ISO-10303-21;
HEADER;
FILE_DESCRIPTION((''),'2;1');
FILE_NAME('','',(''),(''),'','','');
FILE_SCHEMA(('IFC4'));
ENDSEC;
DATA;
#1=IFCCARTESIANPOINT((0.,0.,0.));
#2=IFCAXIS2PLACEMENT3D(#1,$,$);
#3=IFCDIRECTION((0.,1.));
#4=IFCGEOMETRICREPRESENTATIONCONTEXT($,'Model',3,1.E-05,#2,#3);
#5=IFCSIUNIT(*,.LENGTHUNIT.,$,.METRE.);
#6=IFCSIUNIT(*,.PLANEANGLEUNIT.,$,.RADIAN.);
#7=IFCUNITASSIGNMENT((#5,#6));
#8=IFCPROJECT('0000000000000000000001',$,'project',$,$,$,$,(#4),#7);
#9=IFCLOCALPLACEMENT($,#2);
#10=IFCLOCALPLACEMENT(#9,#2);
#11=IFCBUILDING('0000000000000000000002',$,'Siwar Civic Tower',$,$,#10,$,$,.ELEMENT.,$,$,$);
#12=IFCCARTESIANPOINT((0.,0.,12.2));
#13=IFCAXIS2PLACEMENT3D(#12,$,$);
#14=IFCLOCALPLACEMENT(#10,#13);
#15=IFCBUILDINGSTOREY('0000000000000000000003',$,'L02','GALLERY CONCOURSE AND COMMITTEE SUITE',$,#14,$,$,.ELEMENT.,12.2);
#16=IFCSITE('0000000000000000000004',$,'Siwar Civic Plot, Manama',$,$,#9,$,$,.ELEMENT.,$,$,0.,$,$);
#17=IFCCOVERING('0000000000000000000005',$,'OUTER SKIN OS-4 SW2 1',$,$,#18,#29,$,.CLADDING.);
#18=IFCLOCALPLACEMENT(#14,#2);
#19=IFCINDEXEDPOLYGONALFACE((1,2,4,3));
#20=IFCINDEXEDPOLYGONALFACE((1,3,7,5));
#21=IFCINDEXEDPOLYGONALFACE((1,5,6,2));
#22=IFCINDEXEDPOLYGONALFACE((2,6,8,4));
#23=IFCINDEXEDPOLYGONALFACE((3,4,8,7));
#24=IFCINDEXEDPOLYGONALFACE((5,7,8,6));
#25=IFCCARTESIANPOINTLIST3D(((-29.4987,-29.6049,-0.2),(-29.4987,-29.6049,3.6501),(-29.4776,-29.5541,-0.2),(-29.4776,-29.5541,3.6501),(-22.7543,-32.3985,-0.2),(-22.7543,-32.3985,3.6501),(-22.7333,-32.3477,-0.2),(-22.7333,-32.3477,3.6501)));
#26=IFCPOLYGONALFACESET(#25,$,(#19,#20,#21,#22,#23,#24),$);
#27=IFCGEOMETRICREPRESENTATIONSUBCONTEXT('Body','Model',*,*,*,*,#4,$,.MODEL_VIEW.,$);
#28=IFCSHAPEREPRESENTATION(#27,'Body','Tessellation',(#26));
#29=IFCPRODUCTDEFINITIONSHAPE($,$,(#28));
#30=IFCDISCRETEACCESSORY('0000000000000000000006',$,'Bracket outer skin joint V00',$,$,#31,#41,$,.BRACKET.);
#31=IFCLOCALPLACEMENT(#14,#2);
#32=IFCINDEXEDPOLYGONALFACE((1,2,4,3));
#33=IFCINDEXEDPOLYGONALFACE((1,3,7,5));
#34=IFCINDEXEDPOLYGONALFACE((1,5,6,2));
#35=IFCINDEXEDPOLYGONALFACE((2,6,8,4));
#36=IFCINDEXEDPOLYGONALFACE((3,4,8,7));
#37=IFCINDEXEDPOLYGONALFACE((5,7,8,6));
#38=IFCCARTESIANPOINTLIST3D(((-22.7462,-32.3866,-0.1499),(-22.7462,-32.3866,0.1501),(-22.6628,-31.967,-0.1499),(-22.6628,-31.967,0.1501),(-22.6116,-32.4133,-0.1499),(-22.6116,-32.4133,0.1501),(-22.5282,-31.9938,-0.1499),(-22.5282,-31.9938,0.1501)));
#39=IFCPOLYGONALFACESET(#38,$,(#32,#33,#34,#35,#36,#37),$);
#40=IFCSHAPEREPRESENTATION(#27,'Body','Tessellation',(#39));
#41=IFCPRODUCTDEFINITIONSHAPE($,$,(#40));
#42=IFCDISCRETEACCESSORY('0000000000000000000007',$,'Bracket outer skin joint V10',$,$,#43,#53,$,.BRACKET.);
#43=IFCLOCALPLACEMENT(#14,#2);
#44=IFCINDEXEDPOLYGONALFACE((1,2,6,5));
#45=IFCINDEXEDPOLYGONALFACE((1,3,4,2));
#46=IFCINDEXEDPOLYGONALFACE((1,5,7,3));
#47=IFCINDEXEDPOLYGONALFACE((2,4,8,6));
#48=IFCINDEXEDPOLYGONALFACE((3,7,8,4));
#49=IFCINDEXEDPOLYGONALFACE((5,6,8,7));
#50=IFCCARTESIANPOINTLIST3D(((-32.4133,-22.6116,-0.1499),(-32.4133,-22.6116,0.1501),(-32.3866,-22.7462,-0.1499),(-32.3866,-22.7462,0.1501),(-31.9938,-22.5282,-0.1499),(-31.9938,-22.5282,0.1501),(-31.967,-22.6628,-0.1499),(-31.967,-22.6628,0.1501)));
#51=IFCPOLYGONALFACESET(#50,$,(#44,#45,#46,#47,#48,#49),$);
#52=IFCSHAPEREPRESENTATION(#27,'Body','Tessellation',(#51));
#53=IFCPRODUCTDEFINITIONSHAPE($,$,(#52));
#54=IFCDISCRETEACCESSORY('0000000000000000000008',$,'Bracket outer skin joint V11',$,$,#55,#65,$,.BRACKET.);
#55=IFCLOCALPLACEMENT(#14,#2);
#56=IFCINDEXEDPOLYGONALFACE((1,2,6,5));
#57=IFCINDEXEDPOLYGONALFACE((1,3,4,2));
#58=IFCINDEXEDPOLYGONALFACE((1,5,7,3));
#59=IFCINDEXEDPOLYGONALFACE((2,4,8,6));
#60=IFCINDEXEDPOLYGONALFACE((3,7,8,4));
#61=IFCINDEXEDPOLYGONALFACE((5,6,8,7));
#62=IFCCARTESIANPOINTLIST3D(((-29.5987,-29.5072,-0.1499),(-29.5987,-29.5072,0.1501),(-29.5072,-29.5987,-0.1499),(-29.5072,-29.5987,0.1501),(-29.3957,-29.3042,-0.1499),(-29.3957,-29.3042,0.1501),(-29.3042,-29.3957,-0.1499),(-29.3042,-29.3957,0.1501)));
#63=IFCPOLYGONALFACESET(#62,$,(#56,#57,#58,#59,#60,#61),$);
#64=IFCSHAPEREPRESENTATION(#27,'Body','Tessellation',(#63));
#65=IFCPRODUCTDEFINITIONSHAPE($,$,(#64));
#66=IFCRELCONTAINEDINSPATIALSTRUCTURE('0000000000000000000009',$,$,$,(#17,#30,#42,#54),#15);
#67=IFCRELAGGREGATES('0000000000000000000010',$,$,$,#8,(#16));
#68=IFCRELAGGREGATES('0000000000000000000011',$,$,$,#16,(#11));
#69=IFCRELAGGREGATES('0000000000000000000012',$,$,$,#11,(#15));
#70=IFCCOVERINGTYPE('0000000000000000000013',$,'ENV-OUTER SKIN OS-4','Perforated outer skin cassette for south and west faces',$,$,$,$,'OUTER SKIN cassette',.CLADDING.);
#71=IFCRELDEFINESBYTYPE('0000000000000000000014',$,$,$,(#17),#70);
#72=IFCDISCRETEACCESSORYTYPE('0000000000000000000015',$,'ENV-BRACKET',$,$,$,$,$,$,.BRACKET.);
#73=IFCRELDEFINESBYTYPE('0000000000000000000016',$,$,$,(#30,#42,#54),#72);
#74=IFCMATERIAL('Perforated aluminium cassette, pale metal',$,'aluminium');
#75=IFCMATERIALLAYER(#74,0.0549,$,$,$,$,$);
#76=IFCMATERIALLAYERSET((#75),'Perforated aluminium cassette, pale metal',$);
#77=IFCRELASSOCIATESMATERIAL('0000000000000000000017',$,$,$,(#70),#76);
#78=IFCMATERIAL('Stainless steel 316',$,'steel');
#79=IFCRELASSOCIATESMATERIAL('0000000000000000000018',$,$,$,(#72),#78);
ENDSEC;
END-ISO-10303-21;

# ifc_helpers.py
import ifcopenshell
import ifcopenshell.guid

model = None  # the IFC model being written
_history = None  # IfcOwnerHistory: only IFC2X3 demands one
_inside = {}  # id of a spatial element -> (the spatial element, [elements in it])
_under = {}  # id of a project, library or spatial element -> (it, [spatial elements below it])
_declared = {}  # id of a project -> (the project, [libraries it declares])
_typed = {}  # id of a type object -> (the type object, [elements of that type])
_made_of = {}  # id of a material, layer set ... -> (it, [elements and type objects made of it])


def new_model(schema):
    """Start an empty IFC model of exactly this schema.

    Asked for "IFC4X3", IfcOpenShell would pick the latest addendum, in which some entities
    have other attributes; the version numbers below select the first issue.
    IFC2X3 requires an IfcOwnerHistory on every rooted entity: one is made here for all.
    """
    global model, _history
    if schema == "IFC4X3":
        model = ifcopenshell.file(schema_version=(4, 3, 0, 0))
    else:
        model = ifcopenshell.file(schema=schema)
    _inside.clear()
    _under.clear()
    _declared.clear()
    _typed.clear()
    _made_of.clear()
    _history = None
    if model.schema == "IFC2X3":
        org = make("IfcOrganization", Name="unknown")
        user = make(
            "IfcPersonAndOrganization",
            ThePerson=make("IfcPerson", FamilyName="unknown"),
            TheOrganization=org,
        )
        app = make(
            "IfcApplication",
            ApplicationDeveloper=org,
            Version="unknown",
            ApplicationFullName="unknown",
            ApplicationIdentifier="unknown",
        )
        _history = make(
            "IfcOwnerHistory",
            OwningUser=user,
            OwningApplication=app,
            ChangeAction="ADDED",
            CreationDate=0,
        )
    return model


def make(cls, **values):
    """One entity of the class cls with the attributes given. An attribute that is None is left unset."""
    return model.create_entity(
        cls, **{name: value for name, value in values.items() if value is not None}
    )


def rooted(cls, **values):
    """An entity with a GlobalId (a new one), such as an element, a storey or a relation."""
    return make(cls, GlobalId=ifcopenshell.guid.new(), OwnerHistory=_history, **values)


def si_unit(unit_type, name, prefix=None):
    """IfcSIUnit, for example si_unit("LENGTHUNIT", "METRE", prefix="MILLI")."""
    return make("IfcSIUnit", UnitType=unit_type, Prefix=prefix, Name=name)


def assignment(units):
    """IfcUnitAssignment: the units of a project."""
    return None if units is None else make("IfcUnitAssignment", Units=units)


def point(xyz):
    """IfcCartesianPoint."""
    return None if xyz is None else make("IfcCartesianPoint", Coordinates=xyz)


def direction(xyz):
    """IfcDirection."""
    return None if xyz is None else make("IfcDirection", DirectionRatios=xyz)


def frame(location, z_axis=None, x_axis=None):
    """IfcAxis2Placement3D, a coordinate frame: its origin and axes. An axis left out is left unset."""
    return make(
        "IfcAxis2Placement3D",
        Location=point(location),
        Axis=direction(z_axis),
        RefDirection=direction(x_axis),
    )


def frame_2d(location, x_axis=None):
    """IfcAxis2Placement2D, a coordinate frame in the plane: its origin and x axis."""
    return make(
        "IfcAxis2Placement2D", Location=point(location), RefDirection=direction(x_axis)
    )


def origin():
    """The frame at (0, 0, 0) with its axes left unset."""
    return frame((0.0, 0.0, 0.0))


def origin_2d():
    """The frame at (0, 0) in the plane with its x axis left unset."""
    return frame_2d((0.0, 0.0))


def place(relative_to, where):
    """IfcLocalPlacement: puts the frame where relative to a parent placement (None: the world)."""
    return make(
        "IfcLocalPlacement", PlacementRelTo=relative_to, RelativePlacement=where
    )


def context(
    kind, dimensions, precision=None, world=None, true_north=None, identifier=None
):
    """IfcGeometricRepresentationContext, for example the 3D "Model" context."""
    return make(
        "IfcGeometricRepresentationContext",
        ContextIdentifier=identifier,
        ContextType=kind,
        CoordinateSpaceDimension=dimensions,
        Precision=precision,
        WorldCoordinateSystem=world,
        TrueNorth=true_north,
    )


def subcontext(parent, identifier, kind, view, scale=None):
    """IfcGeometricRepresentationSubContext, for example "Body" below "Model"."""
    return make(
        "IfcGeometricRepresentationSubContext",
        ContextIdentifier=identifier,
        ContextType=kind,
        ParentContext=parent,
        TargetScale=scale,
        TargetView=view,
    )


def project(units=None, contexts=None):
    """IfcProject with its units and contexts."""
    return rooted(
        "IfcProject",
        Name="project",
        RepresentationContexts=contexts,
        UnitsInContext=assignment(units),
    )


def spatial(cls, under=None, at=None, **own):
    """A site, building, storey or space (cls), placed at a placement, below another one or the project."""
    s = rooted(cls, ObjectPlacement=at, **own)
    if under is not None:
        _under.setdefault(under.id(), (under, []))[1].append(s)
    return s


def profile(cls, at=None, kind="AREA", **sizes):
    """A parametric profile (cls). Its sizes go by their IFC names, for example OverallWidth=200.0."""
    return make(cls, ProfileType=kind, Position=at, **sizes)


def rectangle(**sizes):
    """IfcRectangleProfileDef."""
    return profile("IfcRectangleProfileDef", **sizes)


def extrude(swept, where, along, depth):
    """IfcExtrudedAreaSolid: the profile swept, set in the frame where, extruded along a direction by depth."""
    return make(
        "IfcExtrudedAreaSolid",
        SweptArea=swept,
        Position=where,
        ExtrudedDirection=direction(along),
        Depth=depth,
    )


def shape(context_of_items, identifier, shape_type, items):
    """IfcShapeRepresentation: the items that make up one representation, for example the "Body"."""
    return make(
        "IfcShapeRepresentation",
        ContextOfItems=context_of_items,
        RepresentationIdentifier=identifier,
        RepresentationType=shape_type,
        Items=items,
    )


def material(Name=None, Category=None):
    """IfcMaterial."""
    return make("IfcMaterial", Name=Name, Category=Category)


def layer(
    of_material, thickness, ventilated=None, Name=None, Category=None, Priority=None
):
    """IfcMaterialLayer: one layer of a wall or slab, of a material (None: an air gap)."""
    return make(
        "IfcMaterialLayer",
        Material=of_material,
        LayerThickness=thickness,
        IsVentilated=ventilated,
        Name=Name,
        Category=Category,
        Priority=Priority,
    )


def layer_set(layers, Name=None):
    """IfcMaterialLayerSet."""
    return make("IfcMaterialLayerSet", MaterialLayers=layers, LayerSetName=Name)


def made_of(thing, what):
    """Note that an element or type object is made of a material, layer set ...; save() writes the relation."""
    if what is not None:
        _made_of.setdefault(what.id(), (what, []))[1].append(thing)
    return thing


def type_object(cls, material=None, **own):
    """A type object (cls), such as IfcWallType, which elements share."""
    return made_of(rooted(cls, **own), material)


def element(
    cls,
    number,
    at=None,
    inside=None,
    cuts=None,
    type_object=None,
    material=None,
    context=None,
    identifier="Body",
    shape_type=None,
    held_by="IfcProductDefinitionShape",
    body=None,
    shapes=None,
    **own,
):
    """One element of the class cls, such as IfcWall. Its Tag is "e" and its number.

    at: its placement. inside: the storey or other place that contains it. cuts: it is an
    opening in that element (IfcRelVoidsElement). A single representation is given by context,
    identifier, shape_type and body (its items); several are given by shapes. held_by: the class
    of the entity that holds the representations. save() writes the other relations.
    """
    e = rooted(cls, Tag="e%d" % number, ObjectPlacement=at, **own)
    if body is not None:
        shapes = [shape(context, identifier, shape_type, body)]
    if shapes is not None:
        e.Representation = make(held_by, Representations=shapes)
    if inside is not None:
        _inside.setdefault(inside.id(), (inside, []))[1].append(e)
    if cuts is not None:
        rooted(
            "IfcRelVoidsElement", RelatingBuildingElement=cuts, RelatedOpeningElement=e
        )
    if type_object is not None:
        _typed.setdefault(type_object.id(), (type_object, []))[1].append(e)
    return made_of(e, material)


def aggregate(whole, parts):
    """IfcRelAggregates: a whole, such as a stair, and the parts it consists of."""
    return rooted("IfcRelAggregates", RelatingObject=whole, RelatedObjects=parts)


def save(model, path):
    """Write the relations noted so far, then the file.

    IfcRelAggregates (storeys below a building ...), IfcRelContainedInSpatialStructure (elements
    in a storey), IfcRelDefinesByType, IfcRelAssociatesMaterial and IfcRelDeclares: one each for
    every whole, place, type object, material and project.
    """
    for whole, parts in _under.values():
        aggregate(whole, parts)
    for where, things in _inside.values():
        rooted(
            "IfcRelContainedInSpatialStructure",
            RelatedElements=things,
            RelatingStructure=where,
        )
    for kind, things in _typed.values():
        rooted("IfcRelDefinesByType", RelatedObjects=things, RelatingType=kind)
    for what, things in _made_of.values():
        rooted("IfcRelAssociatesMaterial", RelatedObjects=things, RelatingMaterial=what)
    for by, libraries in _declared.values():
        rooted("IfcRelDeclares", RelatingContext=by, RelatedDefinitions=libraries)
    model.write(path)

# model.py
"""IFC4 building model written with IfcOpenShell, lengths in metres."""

from ifc_helpers import new_model, si_unit, direction, frame, origin, origin_2d, place, context, subcontext, project, spatial, rectangle, extrude, material, layer, layer_set, type_object, element, save


model = new_model("IFC4")

# Units and contexts
model_context = context("Model", 3, precision=1e-05, world=origin(), true_north=direction((0.0, 1.0)))
body_context = subcontext(model_context, "Body", "Model", "MODEL_VIEW")
ifc_project = project(units=[si_unit("LENGTHUNIT", "METRE"), si_unit("PLANEANGLEUNIT", "RADIAN")], contexts=[model_context])

# Site, building, storey
site_placement = place(None, origin())
site = spatial("IfcSite", under=ifc_project, at=site_placement, Name="Siwar Civic Plot, Manama", CompositionType="ELEMENT", RefElevation=0.0)
building_placement = place(site_placement, origin())
building = spatial("IfcBuilding", under=site, at=building_placement, Name="Siwar Civic Tower", CompositionType="ELEMENT")
storey_placement = place(building_placement, frame((0.0, 0.0, 12.2)))
storey = spatial("IfcBuildingStorey", under=building, at=storey_placement, Name="L02", Description="GALLERY CONCOURSE AND COMMITTEE SUITE", CompositionType="ELEMENT", Elevation=12.2)

# Covering
ifc_material_1 = material(Name="Perforated aluminium cassette, pale metal", Category="aluminium")
ifc_layer_1 = layer(ifc_material_1, 0.0549)
ifc_layer_set_1 = layer_set([ifc_layer_1], Name="Perforated aluminium cassette, pale metal")
covering_type_1 = type_object("IfcCoveringType", Name="ENV-OUTER SKIN OS-4", Description="Perforated outer skin cassette for south and west faces", ElementType="OUTER SKIN cassette", PredefinedType="CLADDING", material=ifc_layer_set_1)
for number, where, z_axis, x_axis, name in (
    (1, (-26.116, -30.9763, -0.2), (0.0, 0.0, 1.0), (0.92388, -0.382683, 0.0), "OUTER SKIN OS-4 SW2 1"),
):
    element("IfcCovering", number, at=place(storey_placement, frame(where, z_axis=z_axis, x_axis=x_axis)), inside=storey, type_object=covering_type_1, Name=name, PredefinedType="CLADDING", context=body_context, shape_type="SweptSolid", body=[
        extrude(rectangle(XDim=7.3, YDim=0.0549, at=origin_2d()), origin(), (0.0, 0.0, 1.0), 3.8501),
    ])

# Discrete accessories
ifc_material_2 = material(Name="Stainless steel 316", Category="steel")
discrete_accessory_type = type_object("IfcDiscreteAccessoryType", Name="ENV-BRACKET", PredefinedType="BRACKET", material=ifc_material_2)
for number, where, z_axis, x_axis, name in (
    (2, (-22.6372, -32.1902, -0.1499), (0.0, 0.0, 1.0), (-0.19509, -0.980785, 0.0), "Bracket outer skin joint V00"),
    (3, (-32.1902, -22.6372, -0.1499), (0.0, 0.0, 1.0), (-0.980785, -0.19509, 0.0), "Bracket outer skin joint V10"),
):
    element("IfcDiscreteAccessory", number, at=place(storey_placement, frame(where, z_axis=z_axis, x_axis=x_axis)), inside=storey, type_object=discrete_accessory_type, Name=name, PredefinedType="BRACKET", context=body_context, shape_type="SweptSolid", body=[
        extrude(rectangle(XDim=0.4277, YDim=0.1372, at=origin_2d()), origin(), (0.0, 0.0, 1.0), 0.3),
    ])
discrete_accessory_placement = place(storey_placement, frame((-29.4514, -29.4514, -0.1499), z_axis=(0.0, 0.0, 1.0), x_axis=(-0.707107, -0.707107, 0.0)))
element("IfcDiscreteAccessory", 4, at=discrete_accessory_placement, inside=storey, type_object=discrete_accessory_type, Name="Bracket outer skin joint V11", PredefinedType="BRACKET", context=body_context, shape_type="SweptSolid", body=[
    extrude(rectangle(XDim=0.2871, YDim=0.1294, at=origin_2d()), origin(), (0.0, 0.0, 1.0), 0.3),
])

save(model, "model.ifc")
